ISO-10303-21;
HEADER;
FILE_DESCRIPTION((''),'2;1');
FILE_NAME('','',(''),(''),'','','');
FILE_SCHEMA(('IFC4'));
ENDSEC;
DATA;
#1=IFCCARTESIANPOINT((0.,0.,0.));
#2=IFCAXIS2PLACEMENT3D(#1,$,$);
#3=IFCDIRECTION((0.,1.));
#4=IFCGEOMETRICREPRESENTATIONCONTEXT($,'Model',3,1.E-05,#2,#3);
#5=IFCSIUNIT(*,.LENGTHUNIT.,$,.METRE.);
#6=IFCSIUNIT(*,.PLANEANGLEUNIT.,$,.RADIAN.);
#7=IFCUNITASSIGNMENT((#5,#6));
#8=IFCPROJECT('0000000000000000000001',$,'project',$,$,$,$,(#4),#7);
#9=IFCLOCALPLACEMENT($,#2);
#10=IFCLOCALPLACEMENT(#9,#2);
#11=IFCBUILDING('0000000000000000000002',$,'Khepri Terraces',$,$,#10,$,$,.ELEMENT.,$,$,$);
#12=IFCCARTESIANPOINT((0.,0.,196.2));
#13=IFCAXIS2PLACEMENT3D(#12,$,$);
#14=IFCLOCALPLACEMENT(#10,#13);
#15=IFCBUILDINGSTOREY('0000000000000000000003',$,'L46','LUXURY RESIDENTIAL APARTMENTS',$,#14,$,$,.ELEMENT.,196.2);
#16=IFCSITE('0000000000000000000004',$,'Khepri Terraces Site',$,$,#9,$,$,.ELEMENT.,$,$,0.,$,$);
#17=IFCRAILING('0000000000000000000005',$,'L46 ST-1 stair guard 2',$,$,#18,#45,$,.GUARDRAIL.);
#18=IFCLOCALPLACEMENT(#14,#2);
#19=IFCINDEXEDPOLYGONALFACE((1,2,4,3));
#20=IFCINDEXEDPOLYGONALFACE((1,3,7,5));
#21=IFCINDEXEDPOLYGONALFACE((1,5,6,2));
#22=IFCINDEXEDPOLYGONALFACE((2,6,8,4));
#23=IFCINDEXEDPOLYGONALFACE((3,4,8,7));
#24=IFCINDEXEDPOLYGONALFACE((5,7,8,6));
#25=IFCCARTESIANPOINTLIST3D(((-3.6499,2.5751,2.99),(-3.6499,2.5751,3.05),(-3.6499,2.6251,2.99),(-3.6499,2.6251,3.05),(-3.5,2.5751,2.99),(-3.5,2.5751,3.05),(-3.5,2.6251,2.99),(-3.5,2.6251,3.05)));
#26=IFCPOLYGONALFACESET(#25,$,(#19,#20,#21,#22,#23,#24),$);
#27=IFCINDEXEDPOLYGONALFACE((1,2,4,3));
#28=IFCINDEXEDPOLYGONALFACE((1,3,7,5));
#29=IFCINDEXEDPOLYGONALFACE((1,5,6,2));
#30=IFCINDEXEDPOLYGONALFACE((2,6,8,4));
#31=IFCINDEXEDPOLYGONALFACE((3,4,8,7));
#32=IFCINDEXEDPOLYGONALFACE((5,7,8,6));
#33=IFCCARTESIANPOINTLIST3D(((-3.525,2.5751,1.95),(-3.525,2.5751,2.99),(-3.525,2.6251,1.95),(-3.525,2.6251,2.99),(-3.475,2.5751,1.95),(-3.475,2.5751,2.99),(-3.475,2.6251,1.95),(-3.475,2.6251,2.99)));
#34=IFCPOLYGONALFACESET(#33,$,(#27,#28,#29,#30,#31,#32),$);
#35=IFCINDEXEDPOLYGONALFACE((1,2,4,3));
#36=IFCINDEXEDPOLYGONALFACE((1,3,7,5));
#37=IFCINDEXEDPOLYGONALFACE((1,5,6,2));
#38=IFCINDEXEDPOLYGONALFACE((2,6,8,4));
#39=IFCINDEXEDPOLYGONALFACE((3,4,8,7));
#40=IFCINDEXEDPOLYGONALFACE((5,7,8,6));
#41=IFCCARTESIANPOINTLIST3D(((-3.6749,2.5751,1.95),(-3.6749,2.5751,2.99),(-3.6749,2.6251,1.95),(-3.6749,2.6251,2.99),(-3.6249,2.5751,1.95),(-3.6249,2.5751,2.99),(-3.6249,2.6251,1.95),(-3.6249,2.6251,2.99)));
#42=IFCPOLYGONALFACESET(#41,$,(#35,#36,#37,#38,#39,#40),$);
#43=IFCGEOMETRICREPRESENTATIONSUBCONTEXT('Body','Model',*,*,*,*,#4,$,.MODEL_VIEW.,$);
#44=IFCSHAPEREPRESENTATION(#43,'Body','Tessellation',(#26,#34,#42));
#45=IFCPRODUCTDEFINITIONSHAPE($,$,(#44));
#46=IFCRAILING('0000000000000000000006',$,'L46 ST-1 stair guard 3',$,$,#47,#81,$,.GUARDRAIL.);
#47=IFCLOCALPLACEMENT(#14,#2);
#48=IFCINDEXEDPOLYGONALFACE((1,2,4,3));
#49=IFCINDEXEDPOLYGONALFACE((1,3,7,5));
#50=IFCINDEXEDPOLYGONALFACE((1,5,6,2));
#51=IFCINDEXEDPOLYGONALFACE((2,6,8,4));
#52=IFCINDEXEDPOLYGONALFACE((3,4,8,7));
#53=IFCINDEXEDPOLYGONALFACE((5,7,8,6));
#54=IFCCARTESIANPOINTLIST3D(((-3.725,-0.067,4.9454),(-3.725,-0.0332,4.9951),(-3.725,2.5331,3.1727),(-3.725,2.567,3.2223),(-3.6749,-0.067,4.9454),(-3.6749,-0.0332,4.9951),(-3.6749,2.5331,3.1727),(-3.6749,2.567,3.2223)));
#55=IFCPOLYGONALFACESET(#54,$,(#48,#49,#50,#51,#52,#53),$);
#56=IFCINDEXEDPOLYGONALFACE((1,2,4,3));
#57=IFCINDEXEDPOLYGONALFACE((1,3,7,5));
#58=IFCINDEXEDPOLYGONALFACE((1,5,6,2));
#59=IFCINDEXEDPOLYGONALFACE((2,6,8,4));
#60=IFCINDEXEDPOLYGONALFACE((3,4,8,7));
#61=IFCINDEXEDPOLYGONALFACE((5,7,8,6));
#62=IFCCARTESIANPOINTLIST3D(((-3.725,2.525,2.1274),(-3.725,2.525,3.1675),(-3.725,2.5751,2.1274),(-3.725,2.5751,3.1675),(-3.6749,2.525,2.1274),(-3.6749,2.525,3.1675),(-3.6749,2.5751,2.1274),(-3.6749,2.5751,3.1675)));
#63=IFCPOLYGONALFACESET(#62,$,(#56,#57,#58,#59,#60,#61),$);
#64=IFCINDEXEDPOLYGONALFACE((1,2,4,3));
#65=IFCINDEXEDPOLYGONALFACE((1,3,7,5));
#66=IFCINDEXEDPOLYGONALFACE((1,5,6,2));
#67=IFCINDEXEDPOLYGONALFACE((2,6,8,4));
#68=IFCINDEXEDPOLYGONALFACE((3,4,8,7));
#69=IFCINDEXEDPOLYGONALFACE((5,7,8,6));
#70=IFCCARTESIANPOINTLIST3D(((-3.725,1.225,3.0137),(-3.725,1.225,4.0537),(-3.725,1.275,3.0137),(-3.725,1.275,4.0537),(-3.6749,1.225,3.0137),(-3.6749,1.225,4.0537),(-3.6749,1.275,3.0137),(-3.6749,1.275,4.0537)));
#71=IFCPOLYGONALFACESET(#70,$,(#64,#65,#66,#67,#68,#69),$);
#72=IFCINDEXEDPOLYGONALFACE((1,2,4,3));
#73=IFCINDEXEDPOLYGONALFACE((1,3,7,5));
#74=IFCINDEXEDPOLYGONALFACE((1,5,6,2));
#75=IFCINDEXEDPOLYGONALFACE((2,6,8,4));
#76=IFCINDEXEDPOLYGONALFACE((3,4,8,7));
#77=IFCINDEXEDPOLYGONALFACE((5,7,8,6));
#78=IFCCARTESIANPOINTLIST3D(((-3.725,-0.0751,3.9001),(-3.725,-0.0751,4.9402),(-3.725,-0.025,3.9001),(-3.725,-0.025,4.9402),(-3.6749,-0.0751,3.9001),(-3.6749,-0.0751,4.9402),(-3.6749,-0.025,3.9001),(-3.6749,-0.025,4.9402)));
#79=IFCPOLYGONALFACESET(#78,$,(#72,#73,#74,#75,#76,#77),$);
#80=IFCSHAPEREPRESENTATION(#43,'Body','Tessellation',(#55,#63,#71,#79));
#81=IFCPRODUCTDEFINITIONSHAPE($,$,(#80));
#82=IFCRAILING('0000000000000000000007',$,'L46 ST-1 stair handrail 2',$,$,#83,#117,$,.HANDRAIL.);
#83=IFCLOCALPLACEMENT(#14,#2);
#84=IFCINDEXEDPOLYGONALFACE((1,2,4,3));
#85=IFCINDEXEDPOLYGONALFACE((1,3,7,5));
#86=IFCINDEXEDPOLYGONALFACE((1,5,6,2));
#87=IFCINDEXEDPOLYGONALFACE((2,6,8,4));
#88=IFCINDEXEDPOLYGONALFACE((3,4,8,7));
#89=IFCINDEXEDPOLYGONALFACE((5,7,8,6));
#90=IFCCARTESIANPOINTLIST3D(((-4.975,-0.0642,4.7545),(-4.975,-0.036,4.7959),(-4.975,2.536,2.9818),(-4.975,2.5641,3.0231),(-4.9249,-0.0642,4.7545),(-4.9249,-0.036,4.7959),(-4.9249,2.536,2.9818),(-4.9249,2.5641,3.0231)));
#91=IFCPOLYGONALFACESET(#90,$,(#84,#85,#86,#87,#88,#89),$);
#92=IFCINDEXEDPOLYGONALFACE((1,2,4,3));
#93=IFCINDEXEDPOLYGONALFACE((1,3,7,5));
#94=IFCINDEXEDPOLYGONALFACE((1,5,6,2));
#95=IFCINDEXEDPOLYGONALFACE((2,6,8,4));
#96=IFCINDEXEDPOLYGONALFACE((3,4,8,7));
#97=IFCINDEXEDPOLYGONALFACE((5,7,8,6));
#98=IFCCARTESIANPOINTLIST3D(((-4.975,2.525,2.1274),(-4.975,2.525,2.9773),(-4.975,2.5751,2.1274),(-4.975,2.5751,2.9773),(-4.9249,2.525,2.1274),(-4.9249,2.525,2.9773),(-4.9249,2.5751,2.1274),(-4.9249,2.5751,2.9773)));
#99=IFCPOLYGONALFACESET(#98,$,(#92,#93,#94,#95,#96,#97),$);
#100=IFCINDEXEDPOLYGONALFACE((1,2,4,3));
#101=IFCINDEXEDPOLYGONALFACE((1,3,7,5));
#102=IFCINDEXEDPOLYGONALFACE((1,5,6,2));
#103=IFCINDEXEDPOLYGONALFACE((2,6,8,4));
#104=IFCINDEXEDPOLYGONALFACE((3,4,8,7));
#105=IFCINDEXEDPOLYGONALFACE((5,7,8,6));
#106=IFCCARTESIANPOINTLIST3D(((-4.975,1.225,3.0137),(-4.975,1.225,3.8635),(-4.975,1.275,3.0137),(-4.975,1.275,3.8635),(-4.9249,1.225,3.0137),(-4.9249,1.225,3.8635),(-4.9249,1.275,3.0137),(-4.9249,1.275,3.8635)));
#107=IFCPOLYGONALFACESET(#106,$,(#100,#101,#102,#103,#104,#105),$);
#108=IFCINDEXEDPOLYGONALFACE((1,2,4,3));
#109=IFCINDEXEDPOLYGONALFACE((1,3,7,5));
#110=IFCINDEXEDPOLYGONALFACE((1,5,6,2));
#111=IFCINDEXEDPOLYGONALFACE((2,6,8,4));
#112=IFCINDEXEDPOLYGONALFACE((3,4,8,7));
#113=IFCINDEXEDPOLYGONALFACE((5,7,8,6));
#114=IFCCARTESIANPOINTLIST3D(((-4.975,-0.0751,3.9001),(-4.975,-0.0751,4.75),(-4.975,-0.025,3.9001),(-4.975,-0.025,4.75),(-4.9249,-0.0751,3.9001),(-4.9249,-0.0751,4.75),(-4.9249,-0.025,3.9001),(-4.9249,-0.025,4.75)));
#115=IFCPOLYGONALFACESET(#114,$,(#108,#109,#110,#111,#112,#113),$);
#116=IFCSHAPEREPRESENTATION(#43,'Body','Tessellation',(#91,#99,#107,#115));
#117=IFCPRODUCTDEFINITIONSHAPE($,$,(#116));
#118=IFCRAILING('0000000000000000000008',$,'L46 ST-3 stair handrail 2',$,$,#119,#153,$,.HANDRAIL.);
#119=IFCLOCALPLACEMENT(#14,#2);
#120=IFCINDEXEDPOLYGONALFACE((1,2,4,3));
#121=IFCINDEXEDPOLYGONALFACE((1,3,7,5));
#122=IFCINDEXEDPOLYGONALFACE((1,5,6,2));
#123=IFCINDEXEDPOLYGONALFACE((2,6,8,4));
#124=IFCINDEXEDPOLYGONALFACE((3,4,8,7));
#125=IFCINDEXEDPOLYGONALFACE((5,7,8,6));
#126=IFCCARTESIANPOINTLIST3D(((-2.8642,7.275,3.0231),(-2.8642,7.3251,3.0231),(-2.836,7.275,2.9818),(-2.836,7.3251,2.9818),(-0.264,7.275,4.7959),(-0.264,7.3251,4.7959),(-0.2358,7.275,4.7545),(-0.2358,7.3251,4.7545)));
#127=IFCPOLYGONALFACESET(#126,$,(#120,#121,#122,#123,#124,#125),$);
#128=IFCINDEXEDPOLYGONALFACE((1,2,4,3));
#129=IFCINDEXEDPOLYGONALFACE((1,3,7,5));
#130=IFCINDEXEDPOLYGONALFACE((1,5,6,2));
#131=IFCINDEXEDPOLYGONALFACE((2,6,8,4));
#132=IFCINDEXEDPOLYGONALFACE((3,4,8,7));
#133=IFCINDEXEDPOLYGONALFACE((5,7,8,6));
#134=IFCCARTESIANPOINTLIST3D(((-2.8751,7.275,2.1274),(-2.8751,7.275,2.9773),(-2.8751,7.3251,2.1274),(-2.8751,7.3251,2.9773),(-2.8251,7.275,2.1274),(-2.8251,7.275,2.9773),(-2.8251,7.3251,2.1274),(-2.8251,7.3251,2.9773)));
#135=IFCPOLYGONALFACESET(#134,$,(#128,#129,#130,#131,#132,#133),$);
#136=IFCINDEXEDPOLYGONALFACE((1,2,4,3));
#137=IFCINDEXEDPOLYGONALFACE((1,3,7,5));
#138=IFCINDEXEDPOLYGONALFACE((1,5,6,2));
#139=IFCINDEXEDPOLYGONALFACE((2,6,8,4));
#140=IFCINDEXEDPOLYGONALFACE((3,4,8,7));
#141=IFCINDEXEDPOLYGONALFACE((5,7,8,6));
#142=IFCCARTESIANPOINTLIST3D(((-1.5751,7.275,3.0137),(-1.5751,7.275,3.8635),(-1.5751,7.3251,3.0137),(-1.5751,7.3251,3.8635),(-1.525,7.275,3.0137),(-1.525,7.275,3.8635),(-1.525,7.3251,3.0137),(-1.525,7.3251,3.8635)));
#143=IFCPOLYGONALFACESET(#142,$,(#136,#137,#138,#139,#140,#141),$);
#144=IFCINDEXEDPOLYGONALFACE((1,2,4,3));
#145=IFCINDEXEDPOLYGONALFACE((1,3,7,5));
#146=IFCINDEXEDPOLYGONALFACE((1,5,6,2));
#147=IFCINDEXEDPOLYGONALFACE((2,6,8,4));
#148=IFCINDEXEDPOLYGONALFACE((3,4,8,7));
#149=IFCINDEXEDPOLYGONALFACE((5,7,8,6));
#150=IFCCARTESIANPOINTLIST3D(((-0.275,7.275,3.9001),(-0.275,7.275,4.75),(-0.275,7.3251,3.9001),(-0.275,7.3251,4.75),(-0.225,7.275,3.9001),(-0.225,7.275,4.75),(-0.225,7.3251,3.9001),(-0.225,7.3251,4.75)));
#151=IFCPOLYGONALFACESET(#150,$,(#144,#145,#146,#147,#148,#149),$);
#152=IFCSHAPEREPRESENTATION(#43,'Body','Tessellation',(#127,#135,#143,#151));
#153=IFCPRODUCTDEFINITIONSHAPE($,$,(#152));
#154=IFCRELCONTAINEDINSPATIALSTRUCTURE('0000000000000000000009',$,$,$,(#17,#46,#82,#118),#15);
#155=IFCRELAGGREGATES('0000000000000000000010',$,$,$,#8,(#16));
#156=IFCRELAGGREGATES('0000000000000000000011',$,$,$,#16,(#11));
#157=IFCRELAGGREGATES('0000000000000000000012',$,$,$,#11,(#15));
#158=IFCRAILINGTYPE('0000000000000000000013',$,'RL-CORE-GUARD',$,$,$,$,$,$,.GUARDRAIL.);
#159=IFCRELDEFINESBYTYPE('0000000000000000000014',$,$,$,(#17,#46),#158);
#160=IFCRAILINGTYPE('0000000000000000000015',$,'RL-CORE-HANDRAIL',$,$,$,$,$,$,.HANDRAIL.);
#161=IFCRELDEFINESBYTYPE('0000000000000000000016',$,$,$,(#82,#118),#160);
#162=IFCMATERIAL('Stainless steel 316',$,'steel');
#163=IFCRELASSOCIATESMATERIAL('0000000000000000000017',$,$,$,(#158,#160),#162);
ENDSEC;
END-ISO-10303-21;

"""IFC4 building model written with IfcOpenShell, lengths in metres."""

from ifc_helpers import new_model, si_unit, direction, frame, origin, origin_2d, place, context, subcontext, project, spatial, rectangle, extrude, material, type_object, element, save


model = new_model("IFC4")

# Units and contexts
model_context = context("Model", 3, precision=1e-05, world=origin(), true_north=direction((0.0, 1.0)))
body_context = subcontext(model_context, "Body", "Model", "MODEL_VIEW")
ifc_project = project(units=[si_unit("LENGTHUNIT", "METRE"), si_unit("PLANEANGLEUNIT", "RADIAN")], contexts=[model_context])

# Site, building, storey
site_placement = place(None, origin())
site = spatial("IfcSite", under=ifc_project, at=site_placement, Name="Khepri Terraces Site", CompositionType="ELEMENT", RefElevation=0.0)
building_placement = place(site_placement, origin())
building = spatial("IfcBuilding", under=site, at=building_placement, Name="Khepri Terraces", CompositionType="ELEMENT")
storey_placement = place(building_placement, frame((0.0, 0.0, 196.2)))
storey = spatial("IfcBuildingStorey", under=building, at=storey_placement, Name="L46", Description="LUXURY RESIDENTIAL APARTMENTS", CompositionType="ELEMENT", Elevation=196.2)

# Railings
ifc_material_1 = material(Name="Stainless steel 316", Category="steel")
railing_type_1 = type_object("IfcRailingType", Name="RL-CORE-GUARD", PredefinedType="GUARDRAIL", material=ifc_material_1)
railing_1_placement = place(storey_placement, frame((-3.5, 2.6001, 1.95)))
element("IfcRailing", 1, at=railing_1_placement, inside=storey, type_object=railing_type_1, Name="L46 ST-1 stair guard 2", PredefinedType="GUARDRAIL", context=body_context, shape_type="SweptSolid", body=[
    extrude(rectangle(XDim=0.05, YDim=0.0601, at=origin_2d()), frame((0.0, 0.0, 1.0701), z_axis=(-1.0, 0.0, 0.0), x_axis=(0.0, -1.0, 0.0)), (0.0, 0.0, 1.0), 0.1499),
    extrude(rectangle(XDim=0.05, YDim=0.05, at=origin_2d()), origin(), (0.0, 0.0, 1.0), 1.04),
    extrude(rectangle(XDim=0.05, YDim=0.05, at=origin_2d()), frame((-0.1499, 0.0, 0.0)), (0.0, 0.0, 1.0), 1.04),
])
railing_2_placement = place(storey_placement, frame((-3.7, 2.55, 2.1274)))
element("IfcRailing", 2, at=railing_2_placement, inside=storey, type_object=railing_type_1, Name="L46 ST-1 stair guard 3", PredefinedType="GUARDRAIL", context=body_context, shape_type="SweptSolid", body=[
    extrude(rectangle(XDim=0.05, YDim=0.0601, at=origin_2d()), frame((0.0, 0.0, 1.0701), z_axis=(0.0, -0.82624, 0.563318), x_axis=(1.0, 0.0, 0.0)), (0.0, 0.0, 1.0), 3.147),
    extrude(rectangle(XDim=0.05, YDim=0.05, at=origin_2d()), origin(), (0.0, 0.0, 1.0), 1.04),
    extrude(rectangle(XDim=0.05, YDim=0.05, at=origin_2d()), frame((0.0, -1.3, 0.8862)), (0.0, 0.0, 1.0), 1.04),
    extrude(rectangle(XDim=0.05, YDim=0.05, at=origin_2d()), frame((0.0, -2.6001, 1.7727)), (0.0, 0.0, 1.0), 1.04),
])
railing_type_2 = type_object("IfcRailingType", Name="RL-CORE-HANDRAIL", PredefinedType="HANDRAIL", material=ifc_material_1)
railing_3_placement = place(storey_placement, frame((-4.95, 2.55, 2.1274)))
element("IfcRailing", 3, at=railing_3_placement, inside=storey, type_object=railing_type_2, Name="L46 ST-1 stair handrail 2", PredefinedType="HANDRAIL", context=body_context, shape_type="SweptSolid", body=[
    extrude(rectangle(XDim=0.05, YDim=0.05, at=origin_2d()), frame((0.0, 0.0, 0.875), z_axis=(0.0, -0.82624, 0.563318), x_axis=(1.0, 0.0, 0.0)), (0.0, 0.0, 1.0), 3.147),
    extrude(rectangle(XDim=0.05, YDim=0.05, at=origin_2d()), origin(), (0.0, 0.0, 1.0), 0.8499),
    extrude(rectangle(XDim=0.05, YDim=0.05, at=origin_2d()), frame((0.0, -1.3, 0.8862)), (0.0, 0.0, 1.0), 0.8499),
    extrude(rectangle(XDim=0.05, YDim=0.05, at=origin_2d()), frame((0.0, -2.6001, 1.7727)), (0.0, 0.0, 1.0), 0.8499),
])
railing_4_placement = place(storey_placement, frame((-2.8501, 7.3, 2.1274)))
element("IfcRailing", 4, at=railing_4_placement, inside=storey, type_object=railing_type_2, Name="L46 ST-3 stair handrail 2", PredefinedType="HANDRAIL", context=body_context, shape_type="SweptSolid", body=[
    extrude(rectangle(XDim=0.05, YDim=0.05, at=origin_2d()), frame((0.0, 0.0, 0.875), z_axis=(0.82624, 0.0, 0.563318), x_axis=(0.0, 1.0, 0.0)), (0.0, 0.0, 1.0), 3.147),
    extrude(rectangle(XDim=0.05, YDim=0.05, at=origin_2d()), origin(), (0.0, 0.0, 1.0), 0.8499),
    extrude(rectangle(XDim=0.05, YDim=0.05, at=origin_2d()), frame((1.3, 0.0, 0.8862)), (0.0, 0.0, 1.0), 0.8499),
    extrude(rectangle(XDim=0.05, YDim=0.05, at=origin_2d()), frame((2.6001, 0.0, 1.7727)), (0.0, 0.0, 1.0), 0.8499),
])

save(model, "model.ifc")
